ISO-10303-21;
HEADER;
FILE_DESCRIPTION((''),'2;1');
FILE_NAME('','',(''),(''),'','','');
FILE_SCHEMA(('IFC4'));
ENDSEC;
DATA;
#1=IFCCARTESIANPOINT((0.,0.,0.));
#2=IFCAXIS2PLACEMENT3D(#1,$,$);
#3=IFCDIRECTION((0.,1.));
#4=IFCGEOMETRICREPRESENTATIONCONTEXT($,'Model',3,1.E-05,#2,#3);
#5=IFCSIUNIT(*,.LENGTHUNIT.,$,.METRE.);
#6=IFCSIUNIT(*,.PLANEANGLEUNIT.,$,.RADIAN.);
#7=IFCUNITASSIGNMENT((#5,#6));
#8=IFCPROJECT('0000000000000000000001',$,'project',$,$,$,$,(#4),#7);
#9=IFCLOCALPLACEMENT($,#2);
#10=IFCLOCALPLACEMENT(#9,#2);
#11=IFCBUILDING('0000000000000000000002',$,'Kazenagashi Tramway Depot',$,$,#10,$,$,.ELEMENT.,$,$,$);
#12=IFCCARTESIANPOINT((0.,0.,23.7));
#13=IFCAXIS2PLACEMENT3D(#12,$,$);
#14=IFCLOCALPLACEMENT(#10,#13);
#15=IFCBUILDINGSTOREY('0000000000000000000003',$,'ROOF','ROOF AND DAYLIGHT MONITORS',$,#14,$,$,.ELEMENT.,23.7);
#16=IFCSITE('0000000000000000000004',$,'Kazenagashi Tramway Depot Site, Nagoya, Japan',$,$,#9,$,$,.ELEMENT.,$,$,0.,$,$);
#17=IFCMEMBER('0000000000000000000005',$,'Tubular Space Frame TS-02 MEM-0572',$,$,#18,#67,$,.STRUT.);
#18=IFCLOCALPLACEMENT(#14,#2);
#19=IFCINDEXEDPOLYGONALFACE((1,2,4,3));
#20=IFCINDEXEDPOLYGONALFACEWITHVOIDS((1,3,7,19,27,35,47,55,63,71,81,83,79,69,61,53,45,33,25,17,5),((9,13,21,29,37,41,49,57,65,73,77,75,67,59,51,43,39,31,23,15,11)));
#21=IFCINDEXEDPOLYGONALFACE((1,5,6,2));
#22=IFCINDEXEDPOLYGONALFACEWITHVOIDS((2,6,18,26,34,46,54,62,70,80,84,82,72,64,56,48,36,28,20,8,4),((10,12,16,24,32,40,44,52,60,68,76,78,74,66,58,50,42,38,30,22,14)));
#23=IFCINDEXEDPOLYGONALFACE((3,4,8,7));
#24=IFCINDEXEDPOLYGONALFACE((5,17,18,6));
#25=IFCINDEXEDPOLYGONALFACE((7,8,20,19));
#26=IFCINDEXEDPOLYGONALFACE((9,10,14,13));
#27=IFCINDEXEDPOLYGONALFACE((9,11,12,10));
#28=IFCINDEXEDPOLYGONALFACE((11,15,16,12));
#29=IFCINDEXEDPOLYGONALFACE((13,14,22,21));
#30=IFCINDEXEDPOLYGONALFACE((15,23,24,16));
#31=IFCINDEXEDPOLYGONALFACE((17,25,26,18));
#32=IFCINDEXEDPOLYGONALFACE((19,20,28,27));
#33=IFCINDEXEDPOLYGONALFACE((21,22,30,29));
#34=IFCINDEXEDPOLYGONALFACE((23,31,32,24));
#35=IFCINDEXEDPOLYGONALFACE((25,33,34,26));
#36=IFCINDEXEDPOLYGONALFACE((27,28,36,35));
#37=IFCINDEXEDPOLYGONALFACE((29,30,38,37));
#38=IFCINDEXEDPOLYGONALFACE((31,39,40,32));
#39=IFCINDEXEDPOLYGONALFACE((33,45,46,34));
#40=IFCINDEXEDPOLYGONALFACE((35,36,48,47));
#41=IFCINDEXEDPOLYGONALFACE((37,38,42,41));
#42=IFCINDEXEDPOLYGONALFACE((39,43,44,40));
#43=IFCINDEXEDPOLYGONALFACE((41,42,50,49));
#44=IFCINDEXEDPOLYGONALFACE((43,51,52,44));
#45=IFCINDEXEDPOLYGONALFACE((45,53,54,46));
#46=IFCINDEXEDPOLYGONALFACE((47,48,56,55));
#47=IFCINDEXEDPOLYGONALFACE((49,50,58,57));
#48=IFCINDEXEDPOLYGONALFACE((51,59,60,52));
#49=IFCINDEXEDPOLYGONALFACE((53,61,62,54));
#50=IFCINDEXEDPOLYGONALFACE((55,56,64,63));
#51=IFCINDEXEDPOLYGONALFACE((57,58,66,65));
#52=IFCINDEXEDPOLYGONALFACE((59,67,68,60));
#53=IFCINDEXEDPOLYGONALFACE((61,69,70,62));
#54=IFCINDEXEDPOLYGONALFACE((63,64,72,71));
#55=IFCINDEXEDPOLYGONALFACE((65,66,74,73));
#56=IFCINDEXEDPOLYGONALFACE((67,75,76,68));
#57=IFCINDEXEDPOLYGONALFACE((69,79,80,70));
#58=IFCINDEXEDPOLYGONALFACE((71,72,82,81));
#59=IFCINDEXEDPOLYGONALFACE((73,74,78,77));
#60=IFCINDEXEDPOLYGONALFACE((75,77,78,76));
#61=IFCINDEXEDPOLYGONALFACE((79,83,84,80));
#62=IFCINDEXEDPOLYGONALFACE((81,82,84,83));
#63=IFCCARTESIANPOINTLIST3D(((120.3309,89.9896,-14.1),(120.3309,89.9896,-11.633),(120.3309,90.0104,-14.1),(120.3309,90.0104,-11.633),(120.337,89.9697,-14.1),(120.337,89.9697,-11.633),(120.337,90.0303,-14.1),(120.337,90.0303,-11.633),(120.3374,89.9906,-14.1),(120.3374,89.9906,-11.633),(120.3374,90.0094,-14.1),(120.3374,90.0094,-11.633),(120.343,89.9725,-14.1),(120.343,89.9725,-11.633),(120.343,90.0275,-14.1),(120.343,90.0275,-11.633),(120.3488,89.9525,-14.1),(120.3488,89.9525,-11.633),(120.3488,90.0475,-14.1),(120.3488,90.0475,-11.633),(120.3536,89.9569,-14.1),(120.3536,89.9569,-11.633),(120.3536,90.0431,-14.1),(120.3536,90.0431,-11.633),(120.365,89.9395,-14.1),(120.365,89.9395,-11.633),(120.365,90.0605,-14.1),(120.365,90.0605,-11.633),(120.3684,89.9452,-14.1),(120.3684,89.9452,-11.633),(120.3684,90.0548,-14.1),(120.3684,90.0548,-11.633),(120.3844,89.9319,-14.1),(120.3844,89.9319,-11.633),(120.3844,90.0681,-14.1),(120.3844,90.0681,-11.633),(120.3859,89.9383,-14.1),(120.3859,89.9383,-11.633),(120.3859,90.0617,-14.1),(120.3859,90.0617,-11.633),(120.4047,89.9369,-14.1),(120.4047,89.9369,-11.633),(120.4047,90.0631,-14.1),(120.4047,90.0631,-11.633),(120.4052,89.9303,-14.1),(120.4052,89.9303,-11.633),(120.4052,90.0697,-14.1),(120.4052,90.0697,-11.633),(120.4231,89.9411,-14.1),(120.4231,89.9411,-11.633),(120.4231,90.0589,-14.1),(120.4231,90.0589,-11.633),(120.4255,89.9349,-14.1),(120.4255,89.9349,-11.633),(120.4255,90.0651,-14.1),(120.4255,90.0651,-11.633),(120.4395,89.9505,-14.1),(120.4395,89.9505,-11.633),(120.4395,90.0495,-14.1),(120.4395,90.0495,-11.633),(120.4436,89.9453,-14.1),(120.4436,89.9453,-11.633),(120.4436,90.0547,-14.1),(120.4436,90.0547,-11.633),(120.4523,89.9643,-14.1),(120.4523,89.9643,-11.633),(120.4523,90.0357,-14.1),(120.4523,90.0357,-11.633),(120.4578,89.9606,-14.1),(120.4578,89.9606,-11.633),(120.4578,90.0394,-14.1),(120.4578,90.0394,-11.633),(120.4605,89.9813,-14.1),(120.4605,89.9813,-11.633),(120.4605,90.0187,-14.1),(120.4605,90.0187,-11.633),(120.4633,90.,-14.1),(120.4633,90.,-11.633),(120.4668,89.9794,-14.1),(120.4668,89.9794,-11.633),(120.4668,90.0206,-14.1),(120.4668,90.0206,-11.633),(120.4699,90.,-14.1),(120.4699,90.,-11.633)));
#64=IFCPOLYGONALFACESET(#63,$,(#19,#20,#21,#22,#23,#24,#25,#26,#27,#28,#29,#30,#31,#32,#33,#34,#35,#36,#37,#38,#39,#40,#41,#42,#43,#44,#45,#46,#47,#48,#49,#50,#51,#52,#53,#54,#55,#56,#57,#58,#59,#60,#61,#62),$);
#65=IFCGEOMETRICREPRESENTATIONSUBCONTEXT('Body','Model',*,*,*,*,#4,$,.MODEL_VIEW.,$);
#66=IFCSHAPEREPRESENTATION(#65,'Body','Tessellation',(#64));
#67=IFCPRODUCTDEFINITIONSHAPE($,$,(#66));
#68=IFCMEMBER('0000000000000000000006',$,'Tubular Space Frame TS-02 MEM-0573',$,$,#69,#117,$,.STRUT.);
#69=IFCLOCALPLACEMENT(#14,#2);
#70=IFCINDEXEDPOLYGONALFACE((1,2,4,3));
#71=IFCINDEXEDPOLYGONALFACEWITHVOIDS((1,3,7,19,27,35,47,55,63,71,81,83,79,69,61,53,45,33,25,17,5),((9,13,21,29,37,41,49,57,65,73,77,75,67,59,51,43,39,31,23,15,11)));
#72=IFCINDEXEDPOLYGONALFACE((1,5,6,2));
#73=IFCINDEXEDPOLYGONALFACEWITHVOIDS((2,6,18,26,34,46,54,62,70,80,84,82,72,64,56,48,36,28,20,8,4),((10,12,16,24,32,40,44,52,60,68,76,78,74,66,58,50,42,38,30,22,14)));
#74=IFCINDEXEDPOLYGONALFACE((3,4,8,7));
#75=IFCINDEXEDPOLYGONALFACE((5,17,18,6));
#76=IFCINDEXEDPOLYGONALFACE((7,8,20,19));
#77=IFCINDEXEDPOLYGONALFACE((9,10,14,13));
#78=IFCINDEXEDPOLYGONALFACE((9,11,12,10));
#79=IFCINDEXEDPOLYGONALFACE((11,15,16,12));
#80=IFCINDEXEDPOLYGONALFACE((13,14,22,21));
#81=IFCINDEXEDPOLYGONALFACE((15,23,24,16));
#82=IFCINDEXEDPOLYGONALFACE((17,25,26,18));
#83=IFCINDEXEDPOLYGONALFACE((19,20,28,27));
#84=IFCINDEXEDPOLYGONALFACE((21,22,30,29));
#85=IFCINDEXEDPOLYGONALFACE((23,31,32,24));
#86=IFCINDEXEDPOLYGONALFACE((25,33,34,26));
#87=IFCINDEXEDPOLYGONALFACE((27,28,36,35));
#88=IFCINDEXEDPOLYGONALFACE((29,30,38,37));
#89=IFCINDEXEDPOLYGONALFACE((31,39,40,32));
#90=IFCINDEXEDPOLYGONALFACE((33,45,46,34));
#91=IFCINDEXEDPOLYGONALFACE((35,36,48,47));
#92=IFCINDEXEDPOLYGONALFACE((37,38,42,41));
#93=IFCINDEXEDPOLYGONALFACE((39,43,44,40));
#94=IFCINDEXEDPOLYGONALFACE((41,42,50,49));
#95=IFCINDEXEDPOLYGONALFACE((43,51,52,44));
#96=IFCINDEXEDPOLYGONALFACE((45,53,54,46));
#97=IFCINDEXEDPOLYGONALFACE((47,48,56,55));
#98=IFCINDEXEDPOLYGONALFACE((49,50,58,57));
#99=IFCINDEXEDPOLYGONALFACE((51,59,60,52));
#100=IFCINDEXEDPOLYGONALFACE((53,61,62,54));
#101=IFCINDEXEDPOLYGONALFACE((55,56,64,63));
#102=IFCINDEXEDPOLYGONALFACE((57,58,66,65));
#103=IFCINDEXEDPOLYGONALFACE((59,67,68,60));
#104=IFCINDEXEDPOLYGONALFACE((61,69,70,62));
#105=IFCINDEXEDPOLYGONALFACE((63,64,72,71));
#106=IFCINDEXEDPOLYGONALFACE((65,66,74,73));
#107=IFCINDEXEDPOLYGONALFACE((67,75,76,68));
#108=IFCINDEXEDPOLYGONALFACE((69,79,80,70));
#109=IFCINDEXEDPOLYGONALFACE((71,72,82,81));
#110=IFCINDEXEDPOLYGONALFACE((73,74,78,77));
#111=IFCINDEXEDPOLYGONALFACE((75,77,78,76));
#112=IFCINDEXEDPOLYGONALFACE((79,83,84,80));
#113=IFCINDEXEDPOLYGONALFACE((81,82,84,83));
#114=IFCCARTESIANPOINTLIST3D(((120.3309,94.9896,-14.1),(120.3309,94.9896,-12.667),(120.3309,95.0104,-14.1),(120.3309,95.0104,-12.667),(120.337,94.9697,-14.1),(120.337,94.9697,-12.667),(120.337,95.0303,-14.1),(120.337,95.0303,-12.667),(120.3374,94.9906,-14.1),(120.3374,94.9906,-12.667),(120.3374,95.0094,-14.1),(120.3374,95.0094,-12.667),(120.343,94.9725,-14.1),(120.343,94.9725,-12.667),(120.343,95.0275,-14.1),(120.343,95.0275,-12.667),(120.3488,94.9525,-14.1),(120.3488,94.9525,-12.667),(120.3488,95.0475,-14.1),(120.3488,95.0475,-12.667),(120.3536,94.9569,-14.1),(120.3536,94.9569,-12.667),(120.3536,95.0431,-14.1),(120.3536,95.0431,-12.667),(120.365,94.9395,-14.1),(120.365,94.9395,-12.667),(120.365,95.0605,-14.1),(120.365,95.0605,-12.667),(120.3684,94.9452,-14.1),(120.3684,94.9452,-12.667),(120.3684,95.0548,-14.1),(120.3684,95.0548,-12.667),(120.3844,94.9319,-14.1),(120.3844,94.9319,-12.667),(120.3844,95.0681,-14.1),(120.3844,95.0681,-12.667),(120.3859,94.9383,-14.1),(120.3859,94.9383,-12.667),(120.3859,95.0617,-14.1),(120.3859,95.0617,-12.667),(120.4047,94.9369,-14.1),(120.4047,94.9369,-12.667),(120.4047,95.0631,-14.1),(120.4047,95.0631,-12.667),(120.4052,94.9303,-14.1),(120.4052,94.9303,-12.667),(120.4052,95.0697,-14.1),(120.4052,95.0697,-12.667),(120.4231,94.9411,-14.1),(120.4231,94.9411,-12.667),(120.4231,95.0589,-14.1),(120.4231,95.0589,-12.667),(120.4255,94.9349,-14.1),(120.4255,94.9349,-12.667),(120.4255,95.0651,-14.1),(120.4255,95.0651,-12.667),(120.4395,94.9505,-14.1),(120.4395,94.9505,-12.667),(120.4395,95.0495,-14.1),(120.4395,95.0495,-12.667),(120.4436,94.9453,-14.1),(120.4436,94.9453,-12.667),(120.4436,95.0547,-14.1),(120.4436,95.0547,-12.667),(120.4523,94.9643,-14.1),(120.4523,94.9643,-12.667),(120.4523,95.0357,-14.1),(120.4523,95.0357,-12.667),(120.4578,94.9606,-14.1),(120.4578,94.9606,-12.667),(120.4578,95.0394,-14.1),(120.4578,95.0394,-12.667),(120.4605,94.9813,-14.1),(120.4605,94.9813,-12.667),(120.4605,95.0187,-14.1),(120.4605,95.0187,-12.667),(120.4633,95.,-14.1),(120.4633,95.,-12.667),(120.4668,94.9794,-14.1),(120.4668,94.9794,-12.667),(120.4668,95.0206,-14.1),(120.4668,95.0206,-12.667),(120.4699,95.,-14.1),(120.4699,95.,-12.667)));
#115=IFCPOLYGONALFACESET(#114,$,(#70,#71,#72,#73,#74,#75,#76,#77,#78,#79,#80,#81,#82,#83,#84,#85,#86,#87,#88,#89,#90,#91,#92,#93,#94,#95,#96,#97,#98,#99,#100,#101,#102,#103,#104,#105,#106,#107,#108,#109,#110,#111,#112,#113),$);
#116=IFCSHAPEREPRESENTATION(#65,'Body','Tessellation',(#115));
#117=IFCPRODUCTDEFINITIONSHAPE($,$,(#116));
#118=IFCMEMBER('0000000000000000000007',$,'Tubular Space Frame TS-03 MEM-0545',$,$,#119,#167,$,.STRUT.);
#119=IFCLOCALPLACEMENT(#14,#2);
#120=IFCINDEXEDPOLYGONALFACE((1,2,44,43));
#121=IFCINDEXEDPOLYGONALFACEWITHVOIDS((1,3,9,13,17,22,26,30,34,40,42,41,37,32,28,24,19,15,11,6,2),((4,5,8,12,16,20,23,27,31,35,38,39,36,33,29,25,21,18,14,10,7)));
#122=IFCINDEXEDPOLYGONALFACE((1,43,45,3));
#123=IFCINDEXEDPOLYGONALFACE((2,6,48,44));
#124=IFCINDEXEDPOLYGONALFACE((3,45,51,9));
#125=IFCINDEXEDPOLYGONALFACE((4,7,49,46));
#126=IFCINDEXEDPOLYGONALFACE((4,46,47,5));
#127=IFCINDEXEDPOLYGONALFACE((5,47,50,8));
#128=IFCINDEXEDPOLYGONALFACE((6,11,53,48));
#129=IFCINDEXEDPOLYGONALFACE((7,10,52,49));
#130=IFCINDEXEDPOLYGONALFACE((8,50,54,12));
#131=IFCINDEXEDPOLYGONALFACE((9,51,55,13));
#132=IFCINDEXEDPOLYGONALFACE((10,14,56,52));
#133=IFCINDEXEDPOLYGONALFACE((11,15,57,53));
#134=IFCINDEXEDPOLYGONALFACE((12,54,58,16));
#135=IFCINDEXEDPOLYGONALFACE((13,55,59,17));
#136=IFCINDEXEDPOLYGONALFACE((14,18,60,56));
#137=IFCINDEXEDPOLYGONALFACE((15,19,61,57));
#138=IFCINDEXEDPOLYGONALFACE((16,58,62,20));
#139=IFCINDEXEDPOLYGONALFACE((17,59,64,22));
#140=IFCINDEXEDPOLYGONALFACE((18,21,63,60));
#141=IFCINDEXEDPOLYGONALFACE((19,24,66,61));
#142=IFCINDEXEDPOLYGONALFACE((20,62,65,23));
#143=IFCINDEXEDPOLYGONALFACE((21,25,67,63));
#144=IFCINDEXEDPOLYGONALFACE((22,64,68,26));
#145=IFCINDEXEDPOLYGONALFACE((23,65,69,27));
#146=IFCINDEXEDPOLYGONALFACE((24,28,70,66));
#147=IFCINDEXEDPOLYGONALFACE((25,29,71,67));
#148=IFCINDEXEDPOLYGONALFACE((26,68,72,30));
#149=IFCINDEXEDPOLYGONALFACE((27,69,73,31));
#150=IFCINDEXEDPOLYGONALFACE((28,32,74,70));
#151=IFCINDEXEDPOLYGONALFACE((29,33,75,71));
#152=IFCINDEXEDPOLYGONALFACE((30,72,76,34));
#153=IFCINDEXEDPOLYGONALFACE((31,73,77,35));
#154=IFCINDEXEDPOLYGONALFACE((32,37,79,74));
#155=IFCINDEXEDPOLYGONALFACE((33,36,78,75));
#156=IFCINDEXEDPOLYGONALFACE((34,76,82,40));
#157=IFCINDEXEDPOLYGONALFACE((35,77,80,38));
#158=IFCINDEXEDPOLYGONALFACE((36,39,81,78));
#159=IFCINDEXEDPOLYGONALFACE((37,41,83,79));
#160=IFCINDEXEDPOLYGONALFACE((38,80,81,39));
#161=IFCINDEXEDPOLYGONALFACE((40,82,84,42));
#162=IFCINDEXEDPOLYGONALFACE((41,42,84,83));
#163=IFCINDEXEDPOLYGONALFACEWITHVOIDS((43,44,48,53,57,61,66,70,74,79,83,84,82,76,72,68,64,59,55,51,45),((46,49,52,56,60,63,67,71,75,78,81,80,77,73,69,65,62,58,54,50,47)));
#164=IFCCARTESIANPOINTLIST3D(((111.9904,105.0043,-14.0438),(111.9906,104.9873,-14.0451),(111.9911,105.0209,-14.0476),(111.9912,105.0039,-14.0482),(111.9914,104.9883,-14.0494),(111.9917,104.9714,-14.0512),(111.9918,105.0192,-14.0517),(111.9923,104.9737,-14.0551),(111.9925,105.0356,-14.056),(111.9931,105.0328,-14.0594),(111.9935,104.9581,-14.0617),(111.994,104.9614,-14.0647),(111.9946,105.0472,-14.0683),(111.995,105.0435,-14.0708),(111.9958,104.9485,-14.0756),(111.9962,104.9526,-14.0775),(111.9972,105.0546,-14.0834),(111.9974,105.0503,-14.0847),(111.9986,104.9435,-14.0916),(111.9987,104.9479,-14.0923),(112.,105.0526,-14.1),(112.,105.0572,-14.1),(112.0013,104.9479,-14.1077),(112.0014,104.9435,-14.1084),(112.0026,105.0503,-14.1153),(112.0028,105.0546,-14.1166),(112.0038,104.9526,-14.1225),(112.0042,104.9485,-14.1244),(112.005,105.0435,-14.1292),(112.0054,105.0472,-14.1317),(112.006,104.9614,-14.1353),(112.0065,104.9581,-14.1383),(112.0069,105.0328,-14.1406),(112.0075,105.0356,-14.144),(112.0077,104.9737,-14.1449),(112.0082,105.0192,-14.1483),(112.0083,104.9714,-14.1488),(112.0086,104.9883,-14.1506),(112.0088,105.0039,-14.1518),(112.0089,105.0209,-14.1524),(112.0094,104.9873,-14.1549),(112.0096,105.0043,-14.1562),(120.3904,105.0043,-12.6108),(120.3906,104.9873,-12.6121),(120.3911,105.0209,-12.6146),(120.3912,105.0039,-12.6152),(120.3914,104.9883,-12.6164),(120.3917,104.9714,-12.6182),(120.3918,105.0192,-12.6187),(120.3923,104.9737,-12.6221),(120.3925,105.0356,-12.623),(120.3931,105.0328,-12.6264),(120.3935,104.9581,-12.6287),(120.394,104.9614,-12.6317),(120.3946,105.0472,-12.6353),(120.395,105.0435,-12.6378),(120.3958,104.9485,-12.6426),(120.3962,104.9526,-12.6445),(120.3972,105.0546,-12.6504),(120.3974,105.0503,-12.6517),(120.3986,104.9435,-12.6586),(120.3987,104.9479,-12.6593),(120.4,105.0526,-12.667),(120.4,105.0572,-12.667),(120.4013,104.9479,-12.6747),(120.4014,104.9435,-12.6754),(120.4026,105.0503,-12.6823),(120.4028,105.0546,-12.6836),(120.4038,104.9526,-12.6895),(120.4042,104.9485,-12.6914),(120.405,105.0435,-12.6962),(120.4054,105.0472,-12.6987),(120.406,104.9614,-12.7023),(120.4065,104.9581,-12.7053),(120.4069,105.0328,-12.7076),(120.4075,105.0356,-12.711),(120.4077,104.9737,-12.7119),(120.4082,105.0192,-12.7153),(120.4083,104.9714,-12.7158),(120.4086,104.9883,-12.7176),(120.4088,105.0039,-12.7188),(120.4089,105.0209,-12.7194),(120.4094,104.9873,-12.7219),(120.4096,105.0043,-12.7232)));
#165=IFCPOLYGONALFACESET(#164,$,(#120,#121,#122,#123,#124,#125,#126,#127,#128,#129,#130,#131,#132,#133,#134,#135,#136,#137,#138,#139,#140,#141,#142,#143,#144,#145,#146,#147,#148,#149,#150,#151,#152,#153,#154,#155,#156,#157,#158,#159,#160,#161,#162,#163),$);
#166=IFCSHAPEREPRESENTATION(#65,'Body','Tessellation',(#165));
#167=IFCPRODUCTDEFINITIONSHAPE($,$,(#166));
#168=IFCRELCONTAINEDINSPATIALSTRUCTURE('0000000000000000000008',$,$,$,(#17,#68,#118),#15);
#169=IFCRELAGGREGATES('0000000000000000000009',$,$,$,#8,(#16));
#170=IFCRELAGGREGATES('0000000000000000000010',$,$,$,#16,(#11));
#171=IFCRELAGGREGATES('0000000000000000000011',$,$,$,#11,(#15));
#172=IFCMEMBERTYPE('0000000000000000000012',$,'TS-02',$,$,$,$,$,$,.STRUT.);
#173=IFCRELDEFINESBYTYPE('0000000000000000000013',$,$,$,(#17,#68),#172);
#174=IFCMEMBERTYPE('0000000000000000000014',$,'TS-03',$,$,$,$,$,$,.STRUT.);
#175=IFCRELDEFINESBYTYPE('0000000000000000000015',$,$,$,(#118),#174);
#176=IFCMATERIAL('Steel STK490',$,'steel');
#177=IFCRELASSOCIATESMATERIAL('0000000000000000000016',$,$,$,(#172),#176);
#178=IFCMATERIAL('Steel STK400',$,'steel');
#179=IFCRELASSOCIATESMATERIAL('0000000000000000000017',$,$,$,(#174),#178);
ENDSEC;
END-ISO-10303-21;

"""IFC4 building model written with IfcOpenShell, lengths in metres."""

from ifc_helpers import new_model, si_unit, direction, frame, origin, origin_2d, place, context, subcontext, project, spatial, hollow_circle, extrude, material, material_profile, profile_set, type_object, element, save


model = new_model("IFC4")

# Units and contexts
model_context = context("Model", 3, precision=1e-05, world=origin(), true_north=direction((0.0, 1.0)))
body_context = subcontext(model_context, "Body", "Model", "MODEL_VIEW")
ifc_project = project(units=[si_unit("LENGTHUNIT", "METRE"), si_unit("PLANEANGLEUNIT", "RADIAN")], contexts=[model_context])

# Site, building, storey
site_placement = place(None, origin())
site = spatial("IfcSite", under=ifc_project, at=site_placement, Name="Kazenagashi Tramway Depot Site, Nagoya, Japan", CompositionType="ELEMENT", RefElevation=0.0)
building_placement = place(site_placement, origin())
building = spatial("IfcBuilding", under=site, at=building_placement, Name="Kazenagashi Tramway Depot", CompositionType="ELEMENT")
storey_placement = place(building_placement, frame((0.0, 0.0, 23.7)))
storey = spatial("IfcBuildingStorey", under=building, at=storey_placement, Name="ROOF", Description="ROOF AND DAYLIGHT MONITORS", CompositionType="ELEMENT", Elevation=23.7)

# Members
ifc_material_1 = material(Name="Steel STK490", Category="steel")
ifc_material_profile_1 = material_profile(ifc_material_1, hollow_circle(Radius=0.0699, WallThickness=0.0066, at=origin_2d()), Name="CHS-139.8x6.6")
ifc_profile_set_1 = profile_set([ifc_material_profile_1], Name="Steel STK490")
member_type_1 = type_object("IfcMemberType", Name="TS-02", PredefinedType="STRUT", material=ifc_profile_set_1)
member_1_placement = place(storey_placement, frame((120.4, 90.0, -14.1), z_axis=(0.0, 0.0, 1.0), x_axis=(1.0, 0.0, 0.0)))
element("IfcMember", 1, at=member_1_placement, inside=storey, type_object=member_type_1, Name="Tubular Space Frame TS-02 MEM-0572", PredefinedType="STRUT", context=body_context, shape_type="SweptSolid", body=[
    extrude(hollow_circle(Radius=0.0699, WallThickness=0.0066, at=origin_2d()), origin(), (0.0, 0.0, 1.0), 2.467),
])
member_2_placement = place(storey_placement, frame((120.4, 95.0, -14.1), z_axis=(0.0, 0.0, 1.0), x_axis=(1.0, 0.0, 0.0)))
element("IfcMember", 2, at=member_2_placement, inside=storey, type_object=member_type_1, Name="Tubular Space Frame TS-02 MEM-0573", PredefinedType="STRUT", context=body_context, shape_type="SweptSolid", body=[
    extrude(hollow_circle(Radius=0.0699, WallThickness=0.0066, at=origin_2d()), origin(), (0.0, 0.0, 1.0), 1.433),
])
ifc_material_2 = material(Name="Steel STK400", Category="steel")
ifc_material_profile_2 = material_profile(ifc_material_2, hollow_circle(Radius=0.0571, WallThickness=0.0045, at=origin_2d()), Name="CHS-114.3x4.5")
ifc_profile_set_2 = profile_set([ifc_material_profile_2], Name="Steel STK400")
member_type_2 = type_object("IfcMemberType", Name="TS-03", PredefinedType="STRUT", material=ifc_profile_set_2)
member_3_placement = place(storey_placement, frame((112.0, 105.0, -14.1), z_axis=(0.985759, 0.0, 0.168166), x_axis=(0.0, 1.0, 0.0)))
element("IfcMember", 3, at=member_3_placement, inside=storey, type_object=member_type_2, Name="Tubular Space Frame TS-03 MEM-0545", PredefinedType="STRUT", context=body_context, shape_type="SweptSolid", body=[
    extrude(hollow_circle(Radius=0.0571, WallThickness=0.0045, at=origin_2d()), origin(), (0.0, 0.0, 1.0), 8.5214),
])

save(model, "model.ifc")
